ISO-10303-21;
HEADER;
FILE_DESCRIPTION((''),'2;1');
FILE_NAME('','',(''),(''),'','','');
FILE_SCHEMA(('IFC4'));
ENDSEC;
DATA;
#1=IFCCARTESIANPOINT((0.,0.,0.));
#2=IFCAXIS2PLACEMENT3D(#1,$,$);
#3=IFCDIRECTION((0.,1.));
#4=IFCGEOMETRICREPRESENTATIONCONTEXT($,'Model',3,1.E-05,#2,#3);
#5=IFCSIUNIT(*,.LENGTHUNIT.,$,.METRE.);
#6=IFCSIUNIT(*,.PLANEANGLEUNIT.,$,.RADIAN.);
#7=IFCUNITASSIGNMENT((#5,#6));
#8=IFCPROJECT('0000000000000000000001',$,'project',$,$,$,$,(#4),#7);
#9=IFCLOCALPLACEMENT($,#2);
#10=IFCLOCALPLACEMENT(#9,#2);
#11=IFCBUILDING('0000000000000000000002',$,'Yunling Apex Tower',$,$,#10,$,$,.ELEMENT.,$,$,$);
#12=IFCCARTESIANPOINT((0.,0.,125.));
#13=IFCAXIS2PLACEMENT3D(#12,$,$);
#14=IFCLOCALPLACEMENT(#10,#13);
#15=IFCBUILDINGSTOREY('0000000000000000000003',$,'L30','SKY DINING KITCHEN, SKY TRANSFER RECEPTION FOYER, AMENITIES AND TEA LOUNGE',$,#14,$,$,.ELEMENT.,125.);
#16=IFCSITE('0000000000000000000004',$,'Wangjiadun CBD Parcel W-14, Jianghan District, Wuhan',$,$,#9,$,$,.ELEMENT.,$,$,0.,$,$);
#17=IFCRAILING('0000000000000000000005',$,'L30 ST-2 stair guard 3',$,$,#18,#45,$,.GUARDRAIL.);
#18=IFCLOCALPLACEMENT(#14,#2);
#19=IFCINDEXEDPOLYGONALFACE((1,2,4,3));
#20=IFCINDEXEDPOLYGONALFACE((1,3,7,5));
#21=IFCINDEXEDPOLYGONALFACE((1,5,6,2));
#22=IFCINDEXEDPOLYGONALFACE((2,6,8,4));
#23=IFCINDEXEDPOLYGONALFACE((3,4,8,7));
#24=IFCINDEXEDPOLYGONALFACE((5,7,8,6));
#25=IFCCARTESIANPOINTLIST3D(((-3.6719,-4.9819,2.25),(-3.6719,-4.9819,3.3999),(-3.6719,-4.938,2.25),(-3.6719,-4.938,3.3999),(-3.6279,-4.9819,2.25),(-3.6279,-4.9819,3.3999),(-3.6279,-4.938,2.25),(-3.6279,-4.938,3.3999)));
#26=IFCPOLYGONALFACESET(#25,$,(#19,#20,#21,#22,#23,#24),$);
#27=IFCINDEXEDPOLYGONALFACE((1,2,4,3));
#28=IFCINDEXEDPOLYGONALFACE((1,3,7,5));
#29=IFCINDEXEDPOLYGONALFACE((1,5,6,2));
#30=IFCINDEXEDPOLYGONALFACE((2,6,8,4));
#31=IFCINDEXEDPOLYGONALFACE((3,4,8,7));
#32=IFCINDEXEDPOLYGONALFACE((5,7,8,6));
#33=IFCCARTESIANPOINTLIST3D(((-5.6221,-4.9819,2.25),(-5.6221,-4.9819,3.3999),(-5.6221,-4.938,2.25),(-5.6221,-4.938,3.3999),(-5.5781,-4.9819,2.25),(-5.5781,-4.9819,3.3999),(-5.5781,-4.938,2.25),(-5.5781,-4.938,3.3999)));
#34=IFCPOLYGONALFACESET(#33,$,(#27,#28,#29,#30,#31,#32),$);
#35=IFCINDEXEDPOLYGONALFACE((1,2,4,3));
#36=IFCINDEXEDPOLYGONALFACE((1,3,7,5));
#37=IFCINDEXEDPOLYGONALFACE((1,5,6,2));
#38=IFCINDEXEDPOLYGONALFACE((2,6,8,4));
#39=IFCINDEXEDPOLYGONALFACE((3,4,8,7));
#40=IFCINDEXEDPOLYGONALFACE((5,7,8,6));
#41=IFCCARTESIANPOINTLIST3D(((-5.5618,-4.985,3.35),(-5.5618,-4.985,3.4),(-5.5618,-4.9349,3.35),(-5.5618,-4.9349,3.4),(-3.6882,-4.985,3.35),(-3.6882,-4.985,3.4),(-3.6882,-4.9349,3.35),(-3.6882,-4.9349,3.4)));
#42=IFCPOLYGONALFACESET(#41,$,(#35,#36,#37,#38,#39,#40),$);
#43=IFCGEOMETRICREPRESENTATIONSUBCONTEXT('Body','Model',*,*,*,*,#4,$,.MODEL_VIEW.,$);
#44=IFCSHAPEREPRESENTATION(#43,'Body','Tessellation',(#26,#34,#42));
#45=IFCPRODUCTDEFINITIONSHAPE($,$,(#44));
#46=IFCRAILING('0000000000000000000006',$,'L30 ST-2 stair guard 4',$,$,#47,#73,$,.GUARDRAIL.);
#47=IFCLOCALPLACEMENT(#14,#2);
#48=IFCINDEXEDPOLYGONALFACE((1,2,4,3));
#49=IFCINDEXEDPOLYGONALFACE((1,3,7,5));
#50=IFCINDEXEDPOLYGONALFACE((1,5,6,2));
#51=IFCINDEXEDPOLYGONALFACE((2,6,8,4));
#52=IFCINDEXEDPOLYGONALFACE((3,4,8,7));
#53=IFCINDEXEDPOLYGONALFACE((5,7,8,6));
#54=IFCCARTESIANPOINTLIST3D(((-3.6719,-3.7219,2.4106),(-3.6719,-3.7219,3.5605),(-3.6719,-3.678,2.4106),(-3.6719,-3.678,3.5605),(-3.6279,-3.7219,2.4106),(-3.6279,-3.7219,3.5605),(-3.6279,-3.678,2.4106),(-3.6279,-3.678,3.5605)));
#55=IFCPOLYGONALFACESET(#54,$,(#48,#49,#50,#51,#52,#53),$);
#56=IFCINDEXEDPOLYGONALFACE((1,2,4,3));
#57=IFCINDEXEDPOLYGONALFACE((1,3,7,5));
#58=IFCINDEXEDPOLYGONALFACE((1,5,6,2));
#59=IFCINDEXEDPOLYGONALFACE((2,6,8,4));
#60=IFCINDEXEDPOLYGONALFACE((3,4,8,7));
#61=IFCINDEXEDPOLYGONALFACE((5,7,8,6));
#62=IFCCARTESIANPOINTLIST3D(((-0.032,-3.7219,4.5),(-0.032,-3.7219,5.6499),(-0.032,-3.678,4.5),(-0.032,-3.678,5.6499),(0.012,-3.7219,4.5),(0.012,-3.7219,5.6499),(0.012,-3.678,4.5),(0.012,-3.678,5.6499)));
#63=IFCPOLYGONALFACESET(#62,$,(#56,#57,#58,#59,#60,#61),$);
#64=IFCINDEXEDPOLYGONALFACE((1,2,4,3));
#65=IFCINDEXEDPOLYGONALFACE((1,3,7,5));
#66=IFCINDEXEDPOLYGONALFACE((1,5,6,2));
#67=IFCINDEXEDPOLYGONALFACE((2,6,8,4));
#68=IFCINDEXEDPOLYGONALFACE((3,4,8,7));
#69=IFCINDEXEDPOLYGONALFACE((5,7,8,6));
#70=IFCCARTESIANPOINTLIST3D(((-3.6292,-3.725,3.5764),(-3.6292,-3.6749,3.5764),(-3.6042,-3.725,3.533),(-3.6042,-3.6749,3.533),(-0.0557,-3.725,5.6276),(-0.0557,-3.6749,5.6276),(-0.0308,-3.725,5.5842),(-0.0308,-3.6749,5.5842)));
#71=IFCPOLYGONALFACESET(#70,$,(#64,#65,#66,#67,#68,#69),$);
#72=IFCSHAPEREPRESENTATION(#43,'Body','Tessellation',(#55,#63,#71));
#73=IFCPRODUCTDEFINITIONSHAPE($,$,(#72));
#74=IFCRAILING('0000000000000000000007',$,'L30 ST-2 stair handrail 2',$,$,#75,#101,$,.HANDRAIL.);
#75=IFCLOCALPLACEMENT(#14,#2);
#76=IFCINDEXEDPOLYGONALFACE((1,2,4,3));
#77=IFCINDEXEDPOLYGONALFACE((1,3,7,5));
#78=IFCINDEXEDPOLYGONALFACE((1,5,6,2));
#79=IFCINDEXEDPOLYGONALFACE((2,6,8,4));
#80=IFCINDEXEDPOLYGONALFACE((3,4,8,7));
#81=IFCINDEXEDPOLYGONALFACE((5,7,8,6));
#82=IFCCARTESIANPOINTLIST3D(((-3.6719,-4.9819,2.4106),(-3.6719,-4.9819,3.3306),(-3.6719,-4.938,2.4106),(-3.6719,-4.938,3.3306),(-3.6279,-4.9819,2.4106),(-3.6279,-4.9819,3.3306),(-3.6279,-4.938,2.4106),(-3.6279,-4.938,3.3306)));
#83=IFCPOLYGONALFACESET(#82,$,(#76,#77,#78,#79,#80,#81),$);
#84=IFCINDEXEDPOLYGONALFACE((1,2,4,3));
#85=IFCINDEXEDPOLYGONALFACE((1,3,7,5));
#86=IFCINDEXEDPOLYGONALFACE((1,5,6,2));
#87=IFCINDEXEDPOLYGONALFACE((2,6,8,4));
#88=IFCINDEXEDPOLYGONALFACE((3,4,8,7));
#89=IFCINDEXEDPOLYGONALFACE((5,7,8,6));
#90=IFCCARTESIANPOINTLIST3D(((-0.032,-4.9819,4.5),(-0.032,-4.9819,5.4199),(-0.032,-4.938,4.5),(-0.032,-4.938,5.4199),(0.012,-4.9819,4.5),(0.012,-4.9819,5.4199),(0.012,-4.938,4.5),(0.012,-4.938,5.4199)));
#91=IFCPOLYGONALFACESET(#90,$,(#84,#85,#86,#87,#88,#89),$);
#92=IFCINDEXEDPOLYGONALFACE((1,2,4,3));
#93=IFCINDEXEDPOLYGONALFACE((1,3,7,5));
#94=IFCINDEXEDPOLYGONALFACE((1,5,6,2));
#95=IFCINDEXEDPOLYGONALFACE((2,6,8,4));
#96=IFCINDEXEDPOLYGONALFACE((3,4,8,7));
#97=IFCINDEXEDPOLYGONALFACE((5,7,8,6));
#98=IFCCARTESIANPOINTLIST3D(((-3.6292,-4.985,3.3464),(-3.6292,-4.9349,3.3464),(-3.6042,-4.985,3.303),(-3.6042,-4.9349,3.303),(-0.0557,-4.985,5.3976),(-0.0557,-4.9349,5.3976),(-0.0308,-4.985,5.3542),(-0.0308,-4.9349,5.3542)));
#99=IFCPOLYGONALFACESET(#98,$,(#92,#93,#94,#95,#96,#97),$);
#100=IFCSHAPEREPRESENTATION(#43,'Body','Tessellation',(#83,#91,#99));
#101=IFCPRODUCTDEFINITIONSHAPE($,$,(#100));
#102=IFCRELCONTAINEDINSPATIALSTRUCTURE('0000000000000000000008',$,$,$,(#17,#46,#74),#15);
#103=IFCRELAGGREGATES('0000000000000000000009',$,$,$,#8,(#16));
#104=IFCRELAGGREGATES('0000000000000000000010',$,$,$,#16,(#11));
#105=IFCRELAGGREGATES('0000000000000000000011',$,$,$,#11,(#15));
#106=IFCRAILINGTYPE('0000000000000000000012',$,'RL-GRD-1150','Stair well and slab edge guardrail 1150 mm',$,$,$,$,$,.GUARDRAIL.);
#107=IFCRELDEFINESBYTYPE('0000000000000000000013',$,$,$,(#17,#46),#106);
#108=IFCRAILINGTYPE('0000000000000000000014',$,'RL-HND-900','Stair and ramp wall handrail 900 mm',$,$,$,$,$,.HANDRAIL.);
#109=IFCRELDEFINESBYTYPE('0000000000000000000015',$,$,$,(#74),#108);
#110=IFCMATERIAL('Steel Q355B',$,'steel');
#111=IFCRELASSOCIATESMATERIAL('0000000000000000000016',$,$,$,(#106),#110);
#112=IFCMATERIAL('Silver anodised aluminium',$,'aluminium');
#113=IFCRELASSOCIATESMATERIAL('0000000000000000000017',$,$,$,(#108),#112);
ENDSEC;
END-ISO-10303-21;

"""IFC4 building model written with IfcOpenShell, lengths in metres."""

from ifc_helpers import new_model, si_unit, direction, frame, origin, origin_2d, place, context, subcontext, project, spatial, rectangle, extrude, material, type_object, element, save


model = new_model("IFC4")

# Units and contexts
model_context = context("Model", 3, precision=1e-05, world=origin(), true_north=direction((0.0, 1.0)))
body_context = subcontext(model_context, "Body", "Model", "MODEL_VIEW")
ifc_project = project(units=[si_unit("LENGTHUNIT", "METRE"), si_unit("PLANEANGLEUNIT", "RADIAN")], contexts=[model_context])

# Site, building, storey
site_placement = place(None, origin())
site = spatial("IfcSite", under=ifc_project, at=site_placement, Name="Wangjiadun CBD Parcel W-14, Jianghan District, Wuhan", CompositionType="ELEMENT", RefElevation=0.0)
building_placement = place(site_placement, origin())
building = spatial("IfcBuilding", under=site, at=building_placement, Name="Yunling Apex Tower", CompositionType="ELEMENT")
storey_placement = place(building_placement, frame((0.0, 0.0, 125.0)))
storey = spatial("IfcBuildingStorey", under=building, at=storey_placement, Name="L30", Description="SKY DINING KITCHEN, SKY TRANSFER RECEPTION FOYER, AMENITIES AND TEA LOUNGE", CompositionType="ELEMENT", Elevation=125.0)

# Shared definitions
ifc_material_1 = material(Name="Steel Q355B", Category="steel")

# Shared definitions
ifc_material_2 = material(Name="Silver anodised aluminium", Category="aluminium")

# Railings
railing_type_1 = type_object("IfcRailingType", Name="RL-GRD-1150", Description="Stair well and slab edge guardrail 1150 mm", PredefinedType="GUARDRAIL", material=ifc_material_1)
railing_1_placement = place(storey_placement, frame((-3.6499, -4.96, 2.25)))
element("IfcRailing", 1, at=railing_1_placement, inside=storey, type_object=railing_type_1, Name="L30 ST-2 stair guard 3", PredefinedType="GUARDRAIL", context=body_context, shape_type="SweptSolid", body=[
    extrude(rectangle(XDim=0.0439, YDim=0.0439, at=origin_2d()), origin(), (0.0, 0.0, 1.0), 1.1499),
    extrude(rectangle(XDim=0.0439, YDim=0.0439, at=origin_2d()), frame((-1.9502, 0.0, 0.0)), (0.0, 0.0, 1.0), 1.1499),
    extrude(rectangle(XDim=0.05, YDim=0.05, at=origin_2d()), frame((-0.0383, 0.0, 1.125), z_axis=(-1.0, 0.0, 0.0), x_axis=(0.0, -1.0, 0.0)), (0.0, 0.0, 1.0), 1.8735),
])
railing_2_placement = place(storey_placement, frame((-3.6499, -3.7, 2.4106)))
element("IfcRailing", 2, at=railing_2_placement, inside=storey, type_object=railing_type_1, Name="L30 ST-2 stair guard 4", PredefinedType="GUARDRAIL", context=body_context, shape_type="SweptSolid", body=[
    extrude(rectangle(XDim=0.0439, YDim=0.0439, at=origin_2d()), origin(), (0.0, 0.0, 1.0), 1.1499),
    extrude(rectangle(XDim=0.0439, YDim=0.0439, at=origin_2d()), frame((3.6399, 0.0, 2.0894)), (0.0, 0.0, 1.0), 1.1499),
    extrude(rectangle(XDim=0.05, YDim=0.05, at=origin_2d()), frame((0.0332, 0.0, 1.144), z_axis=(0.867275, 0.0, 0.497829), x_axis=(0.0, 1.0, 0.0)), (0.0, 0.0, 1.0), 4.1204),
])
railing_type_2 = type_object("IfcRailingType", Name="RL-HND-900", Description="Stair and ramp wall handrail 900 mm", PredefinedType="HANDRAIL", material=ifc_material_2)
railing_3_placement = place(storey_placement, frame((-3.6499, -4.96, 2.4106)))
element("IfcRailing", 3, at=railing_3_placement, inside=storey, type_object=railing_type_2, Name="L30 ST-2 stair handrail 2", PredefinedType="HANDRAIL", context=body_context, shape_type="SweptSolid", body=[
    extrude(rectangle(XDim=0.0439, YDim=0.0439, at=origin_2d()), origin(), (0.0, 0.0, 1.0), 0.9199),
    extrude(rectangle(XDim=0.0439, YDim=0.0439, at=origin_2d()), frame((3.6399, 0.0, 2.0894)), (0.0, 0.0, 1.0), 0.9199),
    extrude(rectangle(XDim=0.05, YDim=0.05, at=origin_2d()), frame((0.0332, 0.0, 0.9141), z_axis=(0.867275, 0.0, 0.497829), x_axis=(0.0, 1.0, 0.0)), (0.0, 0.0, 1.0), 4.1204),
])

save(model, "model.ifc")
